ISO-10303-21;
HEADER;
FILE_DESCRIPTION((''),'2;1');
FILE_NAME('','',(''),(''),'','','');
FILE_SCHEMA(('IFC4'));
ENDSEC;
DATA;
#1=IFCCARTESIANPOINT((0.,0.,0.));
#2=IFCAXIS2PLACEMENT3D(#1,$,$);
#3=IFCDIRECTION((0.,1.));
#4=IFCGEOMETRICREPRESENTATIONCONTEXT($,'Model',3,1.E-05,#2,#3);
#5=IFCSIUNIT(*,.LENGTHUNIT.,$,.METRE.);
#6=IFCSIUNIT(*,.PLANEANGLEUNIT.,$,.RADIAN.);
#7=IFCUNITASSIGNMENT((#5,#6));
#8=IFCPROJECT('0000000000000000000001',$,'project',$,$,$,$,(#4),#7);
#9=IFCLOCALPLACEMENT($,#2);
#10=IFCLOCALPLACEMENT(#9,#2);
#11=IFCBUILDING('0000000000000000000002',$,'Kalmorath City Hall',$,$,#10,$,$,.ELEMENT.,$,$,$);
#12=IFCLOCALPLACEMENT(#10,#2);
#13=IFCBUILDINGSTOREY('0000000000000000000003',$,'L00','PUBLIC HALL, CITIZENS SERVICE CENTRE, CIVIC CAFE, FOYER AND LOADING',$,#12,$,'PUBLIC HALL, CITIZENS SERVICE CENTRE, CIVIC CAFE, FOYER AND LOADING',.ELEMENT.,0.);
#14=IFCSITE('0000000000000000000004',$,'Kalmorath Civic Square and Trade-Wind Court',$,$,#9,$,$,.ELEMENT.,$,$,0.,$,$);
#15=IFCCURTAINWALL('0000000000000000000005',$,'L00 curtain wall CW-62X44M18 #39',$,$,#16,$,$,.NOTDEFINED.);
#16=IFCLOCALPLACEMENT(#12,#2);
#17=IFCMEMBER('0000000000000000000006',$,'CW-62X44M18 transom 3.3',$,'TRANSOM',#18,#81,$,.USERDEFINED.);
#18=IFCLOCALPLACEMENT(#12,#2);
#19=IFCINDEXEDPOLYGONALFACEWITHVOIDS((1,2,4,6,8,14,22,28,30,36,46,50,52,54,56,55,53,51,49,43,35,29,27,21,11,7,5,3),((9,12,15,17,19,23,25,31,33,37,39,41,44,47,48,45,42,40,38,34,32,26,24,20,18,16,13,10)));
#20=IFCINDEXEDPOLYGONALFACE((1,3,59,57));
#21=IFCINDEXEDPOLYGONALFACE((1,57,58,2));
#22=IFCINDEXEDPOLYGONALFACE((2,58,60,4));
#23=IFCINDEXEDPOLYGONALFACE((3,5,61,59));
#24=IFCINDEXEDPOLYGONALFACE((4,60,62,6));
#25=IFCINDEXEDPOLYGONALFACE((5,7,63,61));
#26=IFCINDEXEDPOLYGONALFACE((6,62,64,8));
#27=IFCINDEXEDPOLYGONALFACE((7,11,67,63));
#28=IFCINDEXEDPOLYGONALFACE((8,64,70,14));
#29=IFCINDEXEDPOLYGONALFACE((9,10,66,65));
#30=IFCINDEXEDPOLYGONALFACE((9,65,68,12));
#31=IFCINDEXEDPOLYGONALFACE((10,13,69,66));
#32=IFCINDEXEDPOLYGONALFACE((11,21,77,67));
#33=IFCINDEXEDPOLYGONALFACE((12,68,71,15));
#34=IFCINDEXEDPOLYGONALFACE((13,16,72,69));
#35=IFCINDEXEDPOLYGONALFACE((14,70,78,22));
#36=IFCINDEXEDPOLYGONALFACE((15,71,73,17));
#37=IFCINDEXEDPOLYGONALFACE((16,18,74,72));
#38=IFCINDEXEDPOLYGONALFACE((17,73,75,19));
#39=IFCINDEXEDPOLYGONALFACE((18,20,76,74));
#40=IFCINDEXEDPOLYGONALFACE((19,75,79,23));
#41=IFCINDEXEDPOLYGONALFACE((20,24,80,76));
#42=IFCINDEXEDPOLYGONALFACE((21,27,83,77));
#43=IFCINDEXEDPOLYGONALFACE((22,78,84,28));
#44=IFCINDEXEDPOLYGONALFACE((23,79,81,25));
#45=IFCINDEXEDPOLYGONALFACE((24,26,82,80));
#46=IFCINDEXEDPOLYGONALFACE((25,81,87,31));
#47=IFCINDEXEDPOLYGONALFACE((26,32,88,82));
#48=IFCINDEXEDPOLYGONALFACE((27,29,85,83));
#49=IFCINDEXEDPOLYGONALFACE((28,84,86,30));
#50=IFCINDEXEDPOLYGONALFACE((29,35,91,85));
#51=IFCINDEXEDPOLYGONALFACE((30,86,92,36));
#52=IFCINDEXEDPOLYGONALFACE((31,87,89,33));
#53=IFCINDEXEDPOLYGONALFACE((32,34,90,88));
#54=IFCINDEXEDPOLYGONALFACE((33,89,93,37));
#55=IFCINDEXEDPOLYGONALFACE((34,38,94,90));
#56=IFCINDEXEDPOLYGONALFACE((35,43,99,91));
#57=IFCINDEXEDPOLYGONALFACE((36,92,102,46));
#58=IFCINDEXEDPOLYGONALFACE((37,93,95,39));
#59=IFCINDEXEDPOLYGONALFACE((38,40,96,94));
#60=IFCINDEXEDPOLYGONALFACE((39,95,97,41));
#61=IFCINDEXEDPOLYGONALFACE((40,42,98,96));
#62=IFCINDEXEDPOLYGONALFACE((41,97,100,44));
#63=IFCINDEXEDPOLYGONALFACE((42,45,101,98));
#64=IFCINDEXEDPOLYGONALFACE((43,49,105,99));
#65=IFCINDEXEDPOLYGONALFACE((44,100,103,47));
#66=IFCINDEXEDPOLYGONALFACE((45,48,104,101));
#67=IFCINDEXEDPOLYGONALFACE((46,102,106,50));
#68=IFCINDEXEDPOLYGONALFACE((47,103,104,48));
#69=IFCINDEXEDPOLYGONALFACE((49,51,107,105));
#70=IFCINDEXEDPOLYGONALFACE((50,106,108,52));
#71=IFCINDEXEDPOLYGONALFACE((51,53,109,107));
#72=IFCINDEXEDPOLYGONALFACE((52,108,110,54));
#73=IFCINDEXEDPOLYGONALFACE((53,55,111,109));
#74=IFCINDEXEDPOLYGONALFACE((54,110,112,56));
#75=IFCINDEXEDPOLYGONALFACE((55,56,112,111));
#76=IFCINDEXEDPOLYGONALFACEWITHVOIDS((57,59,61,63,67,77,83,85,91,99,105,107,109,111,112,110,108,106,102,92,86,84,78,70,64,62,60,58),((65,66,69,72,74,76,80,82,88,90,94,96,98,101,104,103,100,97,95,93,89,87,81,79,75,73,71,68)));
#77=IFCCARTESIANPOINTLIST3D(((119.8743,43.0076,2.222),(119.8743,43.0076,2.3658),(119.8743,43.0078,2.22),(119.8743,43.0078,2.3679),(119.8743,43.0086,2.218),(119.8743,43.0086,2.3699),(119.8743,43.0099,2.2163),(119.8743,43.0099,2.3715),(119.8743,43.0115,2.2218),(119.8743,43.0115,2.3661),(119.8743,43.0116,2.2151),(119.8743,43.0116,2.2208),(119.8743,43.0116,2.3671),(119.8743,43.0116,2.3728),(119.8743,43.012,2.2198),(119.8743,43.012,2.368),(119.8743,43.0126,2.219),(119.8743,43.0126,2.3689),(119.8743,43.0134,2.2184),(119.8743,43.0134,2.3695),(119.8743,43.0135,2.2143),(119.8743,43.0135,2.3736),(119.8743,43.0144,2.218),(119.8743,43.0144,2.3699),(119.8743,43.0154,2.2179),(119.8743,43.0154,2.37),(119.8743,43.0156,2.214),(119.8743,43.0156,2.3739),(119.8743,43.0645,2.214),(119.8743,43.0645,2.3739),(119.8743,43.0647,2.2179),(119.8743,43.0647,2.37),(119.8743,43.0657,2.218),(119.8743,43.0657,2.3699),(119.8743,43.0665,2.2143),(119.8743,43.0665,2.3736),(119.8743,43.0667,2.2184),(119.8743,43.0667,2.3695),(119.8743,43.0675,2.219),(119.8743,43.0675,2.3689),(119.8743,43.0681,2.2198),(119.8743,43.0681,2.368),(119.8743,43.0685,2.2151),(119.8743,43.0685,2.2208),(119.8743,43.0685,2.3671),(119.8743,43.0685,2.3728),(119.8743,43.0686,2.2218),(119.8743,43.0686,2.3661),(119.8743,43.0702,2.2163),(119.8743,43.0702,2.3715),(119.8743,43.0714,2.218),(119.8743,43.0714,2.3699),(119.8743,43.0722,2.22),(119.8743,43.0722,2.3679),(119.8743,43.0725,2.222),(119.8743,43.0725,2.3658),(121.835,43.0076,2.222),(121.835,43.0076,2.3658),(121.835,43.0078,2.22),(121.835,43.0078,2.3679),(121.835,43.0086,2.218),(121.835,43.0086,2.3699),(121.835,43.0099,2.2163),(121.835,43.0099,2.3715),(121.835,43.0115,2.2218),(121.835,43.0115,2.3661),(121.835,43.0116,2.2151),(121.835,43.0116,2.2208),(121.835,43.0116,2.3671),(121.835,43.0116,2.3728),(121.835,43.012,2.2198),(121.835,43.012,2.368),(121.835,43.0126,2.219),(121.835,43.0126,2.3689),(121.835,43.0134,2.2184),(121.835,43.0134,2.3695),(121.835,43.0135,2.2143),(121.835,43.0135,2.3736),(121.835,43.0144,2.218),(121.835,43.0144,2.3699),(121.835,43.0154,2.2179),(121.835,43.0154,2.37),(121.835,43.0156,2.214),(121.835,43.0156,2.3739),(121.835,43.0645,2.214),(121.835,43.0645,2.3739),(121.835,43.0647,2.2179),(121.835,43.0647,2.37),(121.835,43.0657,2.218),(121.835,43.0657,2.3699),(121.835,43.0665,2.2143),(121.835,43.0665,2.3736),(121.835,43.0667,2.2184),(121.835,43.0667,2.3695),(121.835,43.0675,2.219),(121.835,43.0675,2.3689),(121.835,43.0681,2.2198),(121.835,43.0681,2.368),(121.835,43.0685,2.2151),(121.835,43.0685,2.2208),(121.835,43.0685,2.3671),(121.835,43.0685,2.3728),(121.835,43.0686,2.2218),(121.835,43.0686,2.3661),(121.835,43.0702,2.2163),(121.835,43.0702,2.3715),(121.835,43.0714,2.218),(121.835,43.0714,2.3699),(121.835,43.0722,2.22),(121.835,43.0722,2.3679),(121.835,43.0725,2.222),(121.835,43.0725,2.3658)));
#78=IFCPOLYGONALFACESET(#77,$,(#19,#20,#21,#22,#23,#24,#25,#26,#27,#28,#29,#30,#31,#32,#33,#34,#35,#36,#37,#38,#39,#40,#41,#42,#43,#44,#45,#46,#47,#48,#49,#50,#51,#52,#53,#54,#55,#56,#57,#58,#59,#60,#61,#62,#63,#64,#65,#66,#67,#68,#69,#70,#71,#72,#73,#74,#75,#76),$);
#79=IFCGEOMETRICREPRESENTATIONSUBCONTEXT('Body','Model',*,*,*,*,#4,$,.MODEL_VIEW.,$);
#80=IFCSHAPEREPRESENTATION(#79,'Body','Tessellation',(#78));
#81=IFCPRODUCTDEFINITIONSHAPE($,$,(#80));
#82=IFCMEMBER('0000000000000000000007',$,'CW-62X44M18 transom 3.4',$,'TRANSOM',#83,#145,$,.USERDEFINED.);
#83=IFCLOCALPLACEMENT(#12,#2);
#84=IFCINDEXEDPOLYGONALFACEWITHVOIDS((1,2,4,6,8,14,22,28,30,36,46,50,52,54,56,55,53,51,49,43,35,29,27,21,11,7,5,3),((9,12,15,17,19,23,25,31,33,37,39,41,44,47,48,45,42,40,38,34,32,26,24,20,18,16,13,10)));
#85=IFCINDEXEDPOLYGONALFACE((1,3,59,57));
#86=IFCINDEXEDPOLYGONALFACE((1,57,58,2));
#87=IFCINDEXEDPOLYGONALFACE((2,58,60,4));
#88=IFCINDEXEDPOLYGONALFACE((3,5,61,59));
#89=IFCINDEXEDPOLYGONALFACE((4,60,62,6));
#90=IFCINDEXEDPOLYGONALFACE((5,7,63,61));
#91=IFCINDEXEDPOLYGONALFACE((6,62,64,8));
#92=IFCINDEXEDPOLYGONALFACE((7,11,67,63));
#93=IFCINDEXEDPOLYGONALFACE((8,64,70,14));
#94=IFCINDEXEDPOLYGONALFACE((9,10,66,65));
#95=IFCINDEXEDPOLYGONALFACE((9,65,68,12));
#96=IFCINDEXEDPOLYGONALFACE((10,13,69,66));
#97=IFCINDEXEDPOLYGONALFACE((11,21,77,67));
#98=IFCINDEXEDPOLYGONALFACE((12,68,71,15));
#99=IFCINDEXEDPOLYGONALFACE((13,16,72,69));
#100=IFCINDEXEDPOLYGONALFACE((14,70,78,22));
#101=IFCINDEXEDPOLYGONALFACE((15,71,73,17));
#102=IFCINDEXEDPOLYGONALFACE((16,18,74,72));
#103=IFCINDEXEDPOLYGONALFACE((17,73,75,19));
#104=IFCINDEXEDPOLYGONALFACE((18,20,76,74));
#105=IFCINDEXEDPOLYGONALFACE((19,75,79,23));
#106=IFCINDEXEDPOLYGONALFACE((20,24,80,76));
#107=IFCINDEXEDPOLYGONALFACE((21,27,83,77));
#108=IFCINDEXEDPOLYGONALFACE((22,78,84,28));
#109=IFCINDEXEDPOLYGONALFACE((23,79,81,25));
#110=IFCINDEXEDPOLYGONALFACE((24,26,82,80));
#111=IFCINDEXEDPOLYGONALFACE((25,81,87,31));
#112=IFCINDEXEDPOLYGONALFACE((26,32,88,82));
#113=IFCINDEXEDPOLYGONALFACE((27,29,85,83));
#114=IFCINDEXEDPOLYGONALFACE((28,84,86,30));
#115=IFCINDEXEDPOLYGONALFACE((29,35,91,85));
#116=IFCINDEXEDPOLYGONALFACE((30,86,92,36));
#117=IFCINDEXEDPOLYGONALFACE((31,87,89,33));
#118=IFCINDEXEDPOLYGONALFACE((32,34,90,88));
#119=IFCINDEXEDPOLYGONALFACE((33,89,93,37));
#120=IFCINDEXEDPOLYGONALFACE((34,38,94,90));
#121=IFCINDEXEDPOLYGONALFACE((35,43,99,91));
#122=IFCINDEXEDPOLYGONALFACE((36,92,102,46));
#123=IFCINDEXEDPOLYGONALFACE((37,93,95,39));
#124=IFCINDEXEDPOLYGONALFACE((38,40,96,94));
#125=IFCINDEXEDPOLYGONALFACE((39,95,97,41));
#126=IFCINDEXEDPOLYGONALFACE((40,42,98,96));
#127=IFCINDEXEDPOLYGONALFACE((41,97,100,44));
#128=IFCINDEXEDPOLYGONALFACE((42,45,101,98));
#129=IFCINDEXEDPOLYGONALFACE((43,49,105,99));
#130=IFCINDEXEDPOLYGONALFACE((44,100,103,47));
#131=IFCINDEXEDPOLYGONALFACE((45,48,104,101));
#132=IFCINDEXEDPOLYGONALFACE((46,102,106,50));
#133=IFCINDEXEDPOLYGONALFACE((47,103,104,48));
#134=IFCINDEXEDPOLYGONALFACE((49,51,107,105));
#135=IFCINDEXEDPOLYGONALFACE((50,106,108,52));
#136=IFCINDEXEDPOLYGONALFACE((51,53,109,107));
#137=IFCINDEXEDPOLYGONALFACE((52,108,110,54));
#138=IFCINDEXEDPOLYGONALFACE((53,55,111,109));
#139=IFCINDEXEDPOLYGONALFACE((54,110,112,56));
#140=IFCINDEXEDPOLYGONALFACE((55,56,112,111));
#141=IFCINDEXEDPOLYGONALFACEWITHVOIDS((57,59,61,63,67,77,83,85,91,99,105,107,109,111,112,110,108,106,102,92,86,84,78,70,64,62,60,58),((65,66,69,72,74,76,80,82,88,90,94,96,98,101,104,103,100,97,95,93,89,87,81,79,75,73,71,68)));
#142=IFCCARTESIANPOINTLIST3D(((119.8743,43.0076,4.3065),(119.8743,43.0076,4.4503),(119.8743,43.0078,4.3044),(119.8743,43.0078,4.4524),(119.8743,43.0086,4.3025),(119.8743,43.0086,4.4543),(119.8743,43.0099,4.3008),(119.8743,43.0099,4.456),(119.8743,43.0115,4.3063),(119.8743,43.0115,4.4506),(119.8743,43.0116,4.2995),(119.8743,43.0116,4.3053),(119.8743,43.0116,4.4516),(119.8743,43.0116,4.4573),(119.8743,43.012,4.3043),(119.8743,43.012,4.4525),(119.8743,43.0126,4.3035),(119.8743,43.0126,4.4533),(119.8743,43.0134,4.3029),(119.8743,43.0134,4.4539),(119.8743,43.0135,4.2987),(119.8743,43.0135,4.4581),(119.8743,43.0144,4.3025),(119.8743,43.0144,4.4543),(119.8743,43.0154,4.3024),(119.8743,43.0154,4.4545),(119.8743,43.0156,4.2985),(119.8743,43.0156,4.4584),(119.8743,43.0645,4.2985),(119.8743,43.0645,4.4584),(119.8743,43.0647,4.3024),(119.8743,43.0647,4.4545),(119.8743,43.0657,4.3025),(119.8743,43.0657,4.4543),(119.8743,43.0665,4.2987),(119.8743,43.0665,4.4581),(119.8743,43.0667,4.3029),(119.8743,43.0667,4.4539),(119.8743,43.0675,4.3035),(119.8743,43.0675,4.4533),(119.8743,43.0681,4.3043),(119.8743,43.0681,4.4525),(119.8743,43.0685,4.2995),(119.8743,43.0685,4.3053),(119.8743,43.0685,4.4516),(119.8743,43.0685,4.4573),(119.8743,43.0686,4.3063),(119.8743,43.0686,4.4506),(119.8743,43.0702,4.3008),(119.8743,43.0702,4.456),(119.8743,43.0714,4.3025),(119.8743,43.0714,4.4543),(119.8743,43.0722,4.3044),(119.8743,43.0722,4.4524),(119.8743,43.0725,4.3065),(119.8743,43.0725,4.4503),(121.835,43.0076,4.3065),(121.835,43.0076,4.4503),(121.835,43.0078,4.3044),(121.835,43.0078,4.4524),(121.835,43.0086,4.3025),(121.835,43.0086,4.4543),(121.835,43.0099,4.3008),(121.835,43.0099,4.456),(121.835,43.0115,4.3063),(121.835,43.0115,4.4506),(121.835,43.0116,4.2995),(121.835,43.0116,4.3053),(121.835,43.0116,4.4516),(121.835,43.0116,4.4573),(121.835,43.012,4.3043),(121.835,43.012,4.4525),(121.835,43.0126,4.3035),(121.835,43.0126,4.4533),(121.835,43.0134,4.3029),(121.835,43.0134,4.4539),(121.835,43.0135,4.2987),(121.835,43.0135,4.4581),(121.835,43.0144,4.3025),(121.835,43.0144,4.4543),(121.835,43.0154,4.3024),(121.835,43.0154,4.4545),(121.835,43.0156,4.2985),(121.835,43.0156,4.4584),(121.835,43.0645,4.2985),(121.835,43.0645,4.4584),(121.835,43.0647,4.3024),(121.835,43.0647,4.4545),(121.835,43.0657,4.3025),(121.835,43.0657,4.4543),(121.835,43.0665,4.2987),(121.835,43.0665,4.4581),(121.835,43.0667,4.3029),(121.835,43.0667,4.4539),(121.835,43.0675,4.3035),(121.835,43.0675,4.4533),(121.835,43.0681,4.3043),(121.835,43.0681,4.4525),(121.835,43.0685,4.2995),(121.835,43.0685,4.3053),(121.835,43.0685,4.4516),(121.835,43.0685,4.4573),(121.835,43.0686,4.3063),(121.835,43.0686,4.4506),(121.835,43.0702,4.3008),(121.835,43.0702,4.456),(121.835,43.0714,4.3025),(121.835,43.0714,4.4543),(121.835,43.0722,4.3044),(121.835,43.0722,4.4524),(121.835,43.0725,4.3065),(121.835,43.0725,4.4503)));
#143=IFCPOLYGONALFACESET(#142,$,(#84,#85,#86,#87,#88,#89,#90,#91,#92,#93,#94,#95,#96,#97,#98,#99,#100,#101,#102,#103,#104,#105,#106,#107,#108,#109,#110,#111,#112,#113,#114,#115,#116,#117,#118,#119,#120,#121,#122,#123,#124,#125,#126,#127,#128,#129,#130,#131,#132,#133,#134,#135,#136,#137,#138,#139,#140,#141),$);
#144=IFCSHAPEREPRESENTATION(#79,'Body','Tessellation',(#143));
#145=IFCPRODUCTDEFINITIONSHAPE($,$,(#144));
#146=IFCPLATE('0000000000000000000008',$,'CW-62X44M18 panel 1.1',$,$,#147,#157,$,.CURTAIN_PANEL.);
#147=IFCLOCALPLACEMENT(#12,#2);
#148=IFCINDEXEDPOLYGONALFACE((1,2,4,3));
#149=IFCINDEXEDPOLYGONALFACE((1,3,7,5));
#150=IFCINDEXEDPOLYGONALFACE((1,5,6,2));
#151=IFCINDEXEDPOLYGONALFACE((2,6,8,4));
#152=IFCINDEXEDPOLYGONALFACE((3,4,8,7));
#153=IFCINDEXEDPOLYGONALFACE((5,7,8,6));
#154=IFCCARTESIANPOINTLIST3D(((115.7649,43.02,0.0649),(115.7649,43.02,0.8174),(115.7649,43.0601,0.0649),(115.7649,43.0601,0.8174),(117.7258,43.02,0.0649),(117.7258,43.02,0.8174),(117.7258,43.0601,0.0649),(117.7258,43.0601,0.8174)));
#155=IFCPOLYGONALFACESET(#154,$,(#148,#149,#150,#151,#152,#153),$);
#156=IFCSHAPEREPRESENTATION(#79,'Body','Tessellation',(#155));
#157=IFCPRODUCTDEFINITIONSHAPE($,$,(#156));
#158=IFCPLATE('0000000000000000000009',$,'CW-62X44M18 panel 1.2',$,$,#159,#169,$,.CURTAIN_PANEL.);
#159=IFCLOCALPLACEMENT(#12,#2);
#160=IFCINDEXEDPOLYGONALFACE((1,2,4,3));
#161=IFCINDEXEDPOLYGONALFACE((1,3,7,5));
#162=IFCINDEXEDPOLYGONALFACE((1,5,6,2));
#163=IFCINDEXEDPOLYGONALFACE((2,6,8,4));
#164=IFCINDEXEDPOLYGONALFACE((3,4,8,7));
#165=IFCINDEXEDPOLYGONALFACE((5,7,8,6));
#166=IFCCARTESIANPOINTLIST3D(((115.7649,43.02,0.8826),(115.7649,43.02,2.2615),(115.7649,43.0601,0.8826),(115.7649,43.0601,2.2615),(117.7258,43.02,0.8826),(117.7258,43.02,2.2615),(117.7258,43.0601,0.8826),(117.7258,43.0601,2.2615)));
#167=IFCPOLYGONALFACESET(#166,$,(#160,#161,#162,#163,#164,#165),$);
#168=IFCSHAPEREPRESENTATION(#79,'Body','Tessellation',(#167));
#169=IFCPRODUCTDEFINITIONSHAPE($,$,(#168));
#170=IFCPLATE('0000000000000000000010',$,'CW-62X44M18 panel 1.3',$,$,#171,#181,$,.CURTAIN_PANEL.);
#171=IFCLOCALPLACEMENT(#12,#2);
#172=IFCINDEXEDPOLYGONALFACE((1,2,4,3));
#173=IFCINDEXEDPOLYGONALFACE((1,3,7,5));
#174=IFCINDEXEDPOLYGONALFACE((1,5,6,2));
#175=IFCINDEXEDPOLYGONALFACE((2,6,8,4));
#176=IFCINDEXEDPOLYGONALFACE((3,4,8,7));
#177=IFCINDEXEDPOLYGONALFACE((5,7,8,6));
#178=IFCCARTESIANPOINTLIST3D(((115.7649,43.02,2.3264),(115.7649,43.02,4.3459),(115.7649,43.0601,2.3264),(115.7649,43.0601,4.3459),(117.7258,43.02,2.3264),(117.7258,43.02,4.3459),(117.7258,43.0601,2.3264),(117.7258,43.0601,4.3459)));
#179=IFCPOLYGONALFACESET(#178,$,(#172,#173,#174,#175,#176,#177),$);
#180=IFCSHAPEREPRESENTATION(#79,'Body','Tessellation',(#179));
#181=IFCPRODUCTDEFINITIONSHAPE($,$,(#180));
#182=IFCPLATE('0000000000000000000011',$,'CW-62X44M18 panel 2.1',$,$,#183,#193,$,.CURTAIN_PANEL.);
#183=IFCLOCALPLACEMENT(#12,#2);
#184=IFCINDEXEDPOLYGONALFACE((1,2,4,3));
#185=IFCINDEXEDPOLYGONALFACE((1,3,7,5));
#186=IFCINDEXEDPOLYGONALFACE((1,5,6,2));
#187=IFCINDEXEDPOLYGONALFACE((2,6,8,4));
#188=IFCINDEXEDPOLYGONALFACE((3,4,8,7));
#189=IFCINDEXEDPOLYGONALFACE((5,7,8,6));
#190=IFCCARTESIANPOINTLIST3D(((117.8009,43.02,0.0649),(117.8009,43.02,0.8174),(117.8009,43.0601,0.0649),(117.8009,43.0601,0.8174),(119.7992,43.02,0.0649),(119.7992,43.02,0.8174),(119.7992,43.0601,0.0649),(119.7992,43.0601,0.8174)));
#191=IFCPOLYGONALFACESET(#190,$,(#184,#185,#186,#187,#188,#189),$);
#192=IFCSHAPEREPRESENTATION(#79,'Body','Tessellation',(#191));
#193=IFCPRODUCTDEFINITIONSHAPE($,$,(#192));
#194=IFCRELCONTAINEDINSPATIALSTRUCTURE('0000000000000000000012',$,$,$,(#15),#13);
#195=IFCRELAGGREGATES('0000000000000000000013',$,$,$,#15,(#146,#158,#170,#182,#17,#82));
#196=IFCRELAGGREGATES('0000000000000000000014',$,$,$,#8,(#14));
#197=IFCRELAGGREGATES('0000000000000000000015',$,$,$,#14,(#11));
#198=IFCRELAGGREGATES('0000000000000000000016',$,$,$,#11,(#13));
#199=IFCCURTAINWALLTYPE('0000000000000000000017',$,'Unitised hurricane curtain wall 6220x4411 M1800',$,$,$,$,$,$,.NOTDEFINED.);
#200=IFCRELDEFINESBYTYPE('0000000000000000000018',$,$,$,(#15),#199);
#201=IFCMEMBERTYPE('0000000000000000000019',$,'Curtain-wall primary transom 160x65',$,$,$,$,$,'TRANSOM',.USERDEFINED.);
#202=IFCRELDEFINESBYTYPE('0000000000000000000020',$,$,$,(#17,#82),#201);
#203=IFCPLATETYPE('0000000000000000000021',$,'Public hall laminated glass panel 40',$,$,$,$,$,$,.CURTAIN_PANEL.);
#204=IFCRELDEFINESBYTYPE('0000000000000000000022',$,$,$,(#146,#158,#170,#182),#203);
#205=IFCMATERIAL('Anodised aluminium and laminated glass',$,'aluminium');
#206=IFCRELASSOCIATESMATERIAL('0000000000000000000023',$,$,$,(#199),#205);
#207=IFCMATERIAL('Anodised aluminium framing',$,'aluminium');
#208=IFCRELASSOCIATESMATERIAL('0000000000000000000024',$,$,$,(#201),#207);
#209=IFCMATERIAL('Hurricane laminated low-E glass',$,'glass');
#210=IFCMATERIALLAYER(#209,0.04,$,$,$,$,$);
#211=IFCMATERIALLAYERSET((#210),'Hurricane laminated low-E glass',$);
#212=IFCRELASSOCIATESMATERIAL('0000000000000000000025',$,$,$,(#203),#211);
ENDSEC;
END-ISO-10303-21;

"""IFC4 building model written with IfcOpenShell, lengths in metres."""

from ifc_helpers import new_model, si_unit, direction, frame, origin, origin_2d, place, context, subcontext, project, spatial, rectangle, hollow_rectangle, extrude, material, layer, layer_set, material_profile, profile_set, type_object, element, aggregate, save


model = new_model("IFC4")

# Units and contexts
model_context = context("Model", 3, precision=1e-05, world=origin(), true_north=direction((0.0, 1.0)))
body_context = subcontext(model_context, "Body", "Model", "MODEL_VIEW")
ifc_project = project(units=[si_unit("LENGTHUNIT", "METRE"), si_unit("PLANEANGLEUNIT", "RADIAN")], contexts=[model_context])

# Site, building, storey
site_placement = place(None, origin())
site = spatial("IfcSite", under=ifc_project, at=site_placement, Name="Kalmorath Civic Square and Trade-Wind Court", CompositionType="ELEMENT", RefElevation=0.0)
building_placement = place(site_placement, origin())
building = spatial("IfcBuilding", under=site, at=building_placement, Name="Kalmorath City Hall", CompositionType="ELEMENT")
storey_placement = place(building_placement, origin())
storey = spatial("IfcBuildingStorey", under=building, at=storey_placement, Name="L00", Description="PUBLIC HALL, CITIZENS SERVICE CENTRE, CIVIC CAFE, FOYER AND LOADING", LongName="PUBLIC HALL, CITIZENS SERVICE CENTRE, CIVIC CAFE, FOYER AND LOADING", CompositionType="ELEMENT", Elevation=0.0)

# Curtain wall, members, plates
ifc_material_1 = material(Name="Anodised aluminium and laminated glass", Category="aluminium")
curtain_wall_type = type_object("IfcCurtainWallType", Name="Unitised hurricane curtain wall 6220x4411 M1800", PredefinedType="NOTDEFINED", material=ifc_material_1)
curtain_wall_placement = place(storey_placement, origin())
curtain_wall = element("IfcCurtainWall", 1, at=curtain_wall_placement, inside=storey, type_object=curtain_wall_type, Name="L00 curtain wall CW-62X44M18 #39", PredefinedType="NOTDEFINED")
ifc_material_2 = material(Name="Anodised aluminium framing", Category="aluminium")
ifc_material_profile_1 = material_profile(ifc_material_2, hollow_rectangle(XDim=0.0649, YDim=0.1599, WallThickness=0.0039, InnerFilletRadius=0.0039, OuterFilletRadius=0.0081, at=origin_2d()), Name="ALU-TRN-160X65X4")
ifc_profile_set_1 = profile_set([ifc_material_profile_1], Name="Anodised aluminium framing")
member_type_1 = type_object("IfcMemberType", Name="Curtain-wall primary transom 160x65", ElementType="TRANSOM", PredefinedType="USERDEFINED", material=ifc_profile_set_1)
member_1_placement = place(storey_placement, frame((119.8743, 43.04, 2.2939), z_axis=(1.0, 0.0, 0.0), x_axis=(0.0, 1.0, 0.0)))
member_1 = element("IfcMember", 2, at=member_1_placement, type_object=member_type_1, Name="CW-62X44M18 transom 3.3", ObjectType="TRANSOM", PredefinedType="USERDEFINED", context=body_context, shape_type="SweptSolid", body=[
    extrude(hollow_rectangle(XDim=0.0649, YDim=0.1599, WallThickness=0.0039, InnerFilletRadius=0.0039, OuterFilletRadius=0.0081, at=origin_2d()), origin(), (0.0, 0.0, 1.0), 1.9607),
])
member_2_placement = place(storey_placement, frame((119.8743, 43.04, 4.3784), z_axis=(1.0, 0.0, 0.0), x_axis=(0.0, 1.0, 0.0)))
member_2 = element("IfcMember", 3, at=member_2_placement, type_object=member_type_1, Name="CW-62X44M18 transom 3.4", ObjectType="TRANSOM", PredefinedType="USERDEFINED", context=body_context, shape_type="SweptSolid", body=[
    extrude(hollow_rectangle(XDim=0.0649, YDim=0.1599, WallThickness=0.0039, InnerFilletRadius=0.0039, OuterFilletRadius=0.0081, at=origin_2d()), origin(), (0.0, 0.0, 1.0), 1.9607),
])
ifc_material_3 = material(Name="Hurricane laminated low-E glass", Category="glass")
ifc_layer = layer(ifc_material_3, 0.04)
ifc_layer_set = layer_set([ifc_layer], Name="Hurricane laminated low-E glass")
plate_type = type_object("IfcPlateType", Name="Public hall laminated glass panel 40", PredefinedType="CURTAIN_PANEL", material=ifc_layer_set)
plate_1_placement = place(storey_placement, frame((116.7454, 43.04, 0.0649), z_axis=(0.0, 0.0, 1.0), x_axis=(1.0, 0.0, 0.0)))
plate_1 = element("IfcPlate", 4, at=plate_1_placement, type_object=plate_type, Name="CW-62X44M18 panel 1.1", PredefinedType="CURTAIN_PANEL", context=body_context, shape_type="SweptSolid", body=[
    extrude(rectangle(XDim=1.9609, YDim=0.04, at=origin_2d()), origin(), (0.0, 0.0, 1.0), 0.7524),
])
plate_2_placement = place(storey_placement, frame((116.7454, 43.04, 0.8826), z_axis=(0.0, 0.0, 1.0), x_axis=(1.0, 0.0, 0.0)))
plate_2 = element("IfcPlate", 5, at=plate_2_placement, type_object=plate_type, Name="CW-62X44M18 panel 1.2", PredefinedType="CURTAIN_PANEL", context=body_context, shape_type="SweptSolid", body=[
    extrude(rectangle(XDim=1.9609, YDim=0.04, at=origin_2d()), origin(), (0.0, 0.0, 1.0), 1.3789),
])
plate_3_placement = place(storey_placement, frame((116.7454, 43.04, 2.3264), z_axis=(0.0, 0.0, 1.0), x_axis=(1.0, 0.0, 0.0)))
plate_3 = element("IfcPlate", 6, at=plate_3_placement, type_object=plate_type, Name="CW-62X44M18 panel 1.3", PredefinedType="CURTAIN_PANEL", context=body_context, shape_type="SweptSolid", body=[
    extrude(rectangle(XDim=1.9609, YDim=0.04, at=origin_2d()), origin(), (0.0, 0.0, 1.0), 2.0195),
])
plate_4_placement = place(storey_placement, frame((118.8, 43.04, 0.0649), z_axis=(0.0, 0.0, 1.0), x_axis=(1.0, 0.0, 0.0)))
plate_4 = element("IfcPlate", 7, at=plate_4_placement, type_object=plate_type, Name="CW-62X44M18 panel 2.1", PredefinedType="CURTAIN_PANEL", context=body_context, shape_type="SweptSolid", body=[
    extrude(rectangle(XDim=1.9983, YDim=0.04, at=origin_2d()), origin(), (0.0, 0.0, 1.0), 0.7524),
])
aggregate(curtain_wall, [plate_1, plate_2, plate_3, plate_4, member_1, member_2])

save(model, "model.ifc")
